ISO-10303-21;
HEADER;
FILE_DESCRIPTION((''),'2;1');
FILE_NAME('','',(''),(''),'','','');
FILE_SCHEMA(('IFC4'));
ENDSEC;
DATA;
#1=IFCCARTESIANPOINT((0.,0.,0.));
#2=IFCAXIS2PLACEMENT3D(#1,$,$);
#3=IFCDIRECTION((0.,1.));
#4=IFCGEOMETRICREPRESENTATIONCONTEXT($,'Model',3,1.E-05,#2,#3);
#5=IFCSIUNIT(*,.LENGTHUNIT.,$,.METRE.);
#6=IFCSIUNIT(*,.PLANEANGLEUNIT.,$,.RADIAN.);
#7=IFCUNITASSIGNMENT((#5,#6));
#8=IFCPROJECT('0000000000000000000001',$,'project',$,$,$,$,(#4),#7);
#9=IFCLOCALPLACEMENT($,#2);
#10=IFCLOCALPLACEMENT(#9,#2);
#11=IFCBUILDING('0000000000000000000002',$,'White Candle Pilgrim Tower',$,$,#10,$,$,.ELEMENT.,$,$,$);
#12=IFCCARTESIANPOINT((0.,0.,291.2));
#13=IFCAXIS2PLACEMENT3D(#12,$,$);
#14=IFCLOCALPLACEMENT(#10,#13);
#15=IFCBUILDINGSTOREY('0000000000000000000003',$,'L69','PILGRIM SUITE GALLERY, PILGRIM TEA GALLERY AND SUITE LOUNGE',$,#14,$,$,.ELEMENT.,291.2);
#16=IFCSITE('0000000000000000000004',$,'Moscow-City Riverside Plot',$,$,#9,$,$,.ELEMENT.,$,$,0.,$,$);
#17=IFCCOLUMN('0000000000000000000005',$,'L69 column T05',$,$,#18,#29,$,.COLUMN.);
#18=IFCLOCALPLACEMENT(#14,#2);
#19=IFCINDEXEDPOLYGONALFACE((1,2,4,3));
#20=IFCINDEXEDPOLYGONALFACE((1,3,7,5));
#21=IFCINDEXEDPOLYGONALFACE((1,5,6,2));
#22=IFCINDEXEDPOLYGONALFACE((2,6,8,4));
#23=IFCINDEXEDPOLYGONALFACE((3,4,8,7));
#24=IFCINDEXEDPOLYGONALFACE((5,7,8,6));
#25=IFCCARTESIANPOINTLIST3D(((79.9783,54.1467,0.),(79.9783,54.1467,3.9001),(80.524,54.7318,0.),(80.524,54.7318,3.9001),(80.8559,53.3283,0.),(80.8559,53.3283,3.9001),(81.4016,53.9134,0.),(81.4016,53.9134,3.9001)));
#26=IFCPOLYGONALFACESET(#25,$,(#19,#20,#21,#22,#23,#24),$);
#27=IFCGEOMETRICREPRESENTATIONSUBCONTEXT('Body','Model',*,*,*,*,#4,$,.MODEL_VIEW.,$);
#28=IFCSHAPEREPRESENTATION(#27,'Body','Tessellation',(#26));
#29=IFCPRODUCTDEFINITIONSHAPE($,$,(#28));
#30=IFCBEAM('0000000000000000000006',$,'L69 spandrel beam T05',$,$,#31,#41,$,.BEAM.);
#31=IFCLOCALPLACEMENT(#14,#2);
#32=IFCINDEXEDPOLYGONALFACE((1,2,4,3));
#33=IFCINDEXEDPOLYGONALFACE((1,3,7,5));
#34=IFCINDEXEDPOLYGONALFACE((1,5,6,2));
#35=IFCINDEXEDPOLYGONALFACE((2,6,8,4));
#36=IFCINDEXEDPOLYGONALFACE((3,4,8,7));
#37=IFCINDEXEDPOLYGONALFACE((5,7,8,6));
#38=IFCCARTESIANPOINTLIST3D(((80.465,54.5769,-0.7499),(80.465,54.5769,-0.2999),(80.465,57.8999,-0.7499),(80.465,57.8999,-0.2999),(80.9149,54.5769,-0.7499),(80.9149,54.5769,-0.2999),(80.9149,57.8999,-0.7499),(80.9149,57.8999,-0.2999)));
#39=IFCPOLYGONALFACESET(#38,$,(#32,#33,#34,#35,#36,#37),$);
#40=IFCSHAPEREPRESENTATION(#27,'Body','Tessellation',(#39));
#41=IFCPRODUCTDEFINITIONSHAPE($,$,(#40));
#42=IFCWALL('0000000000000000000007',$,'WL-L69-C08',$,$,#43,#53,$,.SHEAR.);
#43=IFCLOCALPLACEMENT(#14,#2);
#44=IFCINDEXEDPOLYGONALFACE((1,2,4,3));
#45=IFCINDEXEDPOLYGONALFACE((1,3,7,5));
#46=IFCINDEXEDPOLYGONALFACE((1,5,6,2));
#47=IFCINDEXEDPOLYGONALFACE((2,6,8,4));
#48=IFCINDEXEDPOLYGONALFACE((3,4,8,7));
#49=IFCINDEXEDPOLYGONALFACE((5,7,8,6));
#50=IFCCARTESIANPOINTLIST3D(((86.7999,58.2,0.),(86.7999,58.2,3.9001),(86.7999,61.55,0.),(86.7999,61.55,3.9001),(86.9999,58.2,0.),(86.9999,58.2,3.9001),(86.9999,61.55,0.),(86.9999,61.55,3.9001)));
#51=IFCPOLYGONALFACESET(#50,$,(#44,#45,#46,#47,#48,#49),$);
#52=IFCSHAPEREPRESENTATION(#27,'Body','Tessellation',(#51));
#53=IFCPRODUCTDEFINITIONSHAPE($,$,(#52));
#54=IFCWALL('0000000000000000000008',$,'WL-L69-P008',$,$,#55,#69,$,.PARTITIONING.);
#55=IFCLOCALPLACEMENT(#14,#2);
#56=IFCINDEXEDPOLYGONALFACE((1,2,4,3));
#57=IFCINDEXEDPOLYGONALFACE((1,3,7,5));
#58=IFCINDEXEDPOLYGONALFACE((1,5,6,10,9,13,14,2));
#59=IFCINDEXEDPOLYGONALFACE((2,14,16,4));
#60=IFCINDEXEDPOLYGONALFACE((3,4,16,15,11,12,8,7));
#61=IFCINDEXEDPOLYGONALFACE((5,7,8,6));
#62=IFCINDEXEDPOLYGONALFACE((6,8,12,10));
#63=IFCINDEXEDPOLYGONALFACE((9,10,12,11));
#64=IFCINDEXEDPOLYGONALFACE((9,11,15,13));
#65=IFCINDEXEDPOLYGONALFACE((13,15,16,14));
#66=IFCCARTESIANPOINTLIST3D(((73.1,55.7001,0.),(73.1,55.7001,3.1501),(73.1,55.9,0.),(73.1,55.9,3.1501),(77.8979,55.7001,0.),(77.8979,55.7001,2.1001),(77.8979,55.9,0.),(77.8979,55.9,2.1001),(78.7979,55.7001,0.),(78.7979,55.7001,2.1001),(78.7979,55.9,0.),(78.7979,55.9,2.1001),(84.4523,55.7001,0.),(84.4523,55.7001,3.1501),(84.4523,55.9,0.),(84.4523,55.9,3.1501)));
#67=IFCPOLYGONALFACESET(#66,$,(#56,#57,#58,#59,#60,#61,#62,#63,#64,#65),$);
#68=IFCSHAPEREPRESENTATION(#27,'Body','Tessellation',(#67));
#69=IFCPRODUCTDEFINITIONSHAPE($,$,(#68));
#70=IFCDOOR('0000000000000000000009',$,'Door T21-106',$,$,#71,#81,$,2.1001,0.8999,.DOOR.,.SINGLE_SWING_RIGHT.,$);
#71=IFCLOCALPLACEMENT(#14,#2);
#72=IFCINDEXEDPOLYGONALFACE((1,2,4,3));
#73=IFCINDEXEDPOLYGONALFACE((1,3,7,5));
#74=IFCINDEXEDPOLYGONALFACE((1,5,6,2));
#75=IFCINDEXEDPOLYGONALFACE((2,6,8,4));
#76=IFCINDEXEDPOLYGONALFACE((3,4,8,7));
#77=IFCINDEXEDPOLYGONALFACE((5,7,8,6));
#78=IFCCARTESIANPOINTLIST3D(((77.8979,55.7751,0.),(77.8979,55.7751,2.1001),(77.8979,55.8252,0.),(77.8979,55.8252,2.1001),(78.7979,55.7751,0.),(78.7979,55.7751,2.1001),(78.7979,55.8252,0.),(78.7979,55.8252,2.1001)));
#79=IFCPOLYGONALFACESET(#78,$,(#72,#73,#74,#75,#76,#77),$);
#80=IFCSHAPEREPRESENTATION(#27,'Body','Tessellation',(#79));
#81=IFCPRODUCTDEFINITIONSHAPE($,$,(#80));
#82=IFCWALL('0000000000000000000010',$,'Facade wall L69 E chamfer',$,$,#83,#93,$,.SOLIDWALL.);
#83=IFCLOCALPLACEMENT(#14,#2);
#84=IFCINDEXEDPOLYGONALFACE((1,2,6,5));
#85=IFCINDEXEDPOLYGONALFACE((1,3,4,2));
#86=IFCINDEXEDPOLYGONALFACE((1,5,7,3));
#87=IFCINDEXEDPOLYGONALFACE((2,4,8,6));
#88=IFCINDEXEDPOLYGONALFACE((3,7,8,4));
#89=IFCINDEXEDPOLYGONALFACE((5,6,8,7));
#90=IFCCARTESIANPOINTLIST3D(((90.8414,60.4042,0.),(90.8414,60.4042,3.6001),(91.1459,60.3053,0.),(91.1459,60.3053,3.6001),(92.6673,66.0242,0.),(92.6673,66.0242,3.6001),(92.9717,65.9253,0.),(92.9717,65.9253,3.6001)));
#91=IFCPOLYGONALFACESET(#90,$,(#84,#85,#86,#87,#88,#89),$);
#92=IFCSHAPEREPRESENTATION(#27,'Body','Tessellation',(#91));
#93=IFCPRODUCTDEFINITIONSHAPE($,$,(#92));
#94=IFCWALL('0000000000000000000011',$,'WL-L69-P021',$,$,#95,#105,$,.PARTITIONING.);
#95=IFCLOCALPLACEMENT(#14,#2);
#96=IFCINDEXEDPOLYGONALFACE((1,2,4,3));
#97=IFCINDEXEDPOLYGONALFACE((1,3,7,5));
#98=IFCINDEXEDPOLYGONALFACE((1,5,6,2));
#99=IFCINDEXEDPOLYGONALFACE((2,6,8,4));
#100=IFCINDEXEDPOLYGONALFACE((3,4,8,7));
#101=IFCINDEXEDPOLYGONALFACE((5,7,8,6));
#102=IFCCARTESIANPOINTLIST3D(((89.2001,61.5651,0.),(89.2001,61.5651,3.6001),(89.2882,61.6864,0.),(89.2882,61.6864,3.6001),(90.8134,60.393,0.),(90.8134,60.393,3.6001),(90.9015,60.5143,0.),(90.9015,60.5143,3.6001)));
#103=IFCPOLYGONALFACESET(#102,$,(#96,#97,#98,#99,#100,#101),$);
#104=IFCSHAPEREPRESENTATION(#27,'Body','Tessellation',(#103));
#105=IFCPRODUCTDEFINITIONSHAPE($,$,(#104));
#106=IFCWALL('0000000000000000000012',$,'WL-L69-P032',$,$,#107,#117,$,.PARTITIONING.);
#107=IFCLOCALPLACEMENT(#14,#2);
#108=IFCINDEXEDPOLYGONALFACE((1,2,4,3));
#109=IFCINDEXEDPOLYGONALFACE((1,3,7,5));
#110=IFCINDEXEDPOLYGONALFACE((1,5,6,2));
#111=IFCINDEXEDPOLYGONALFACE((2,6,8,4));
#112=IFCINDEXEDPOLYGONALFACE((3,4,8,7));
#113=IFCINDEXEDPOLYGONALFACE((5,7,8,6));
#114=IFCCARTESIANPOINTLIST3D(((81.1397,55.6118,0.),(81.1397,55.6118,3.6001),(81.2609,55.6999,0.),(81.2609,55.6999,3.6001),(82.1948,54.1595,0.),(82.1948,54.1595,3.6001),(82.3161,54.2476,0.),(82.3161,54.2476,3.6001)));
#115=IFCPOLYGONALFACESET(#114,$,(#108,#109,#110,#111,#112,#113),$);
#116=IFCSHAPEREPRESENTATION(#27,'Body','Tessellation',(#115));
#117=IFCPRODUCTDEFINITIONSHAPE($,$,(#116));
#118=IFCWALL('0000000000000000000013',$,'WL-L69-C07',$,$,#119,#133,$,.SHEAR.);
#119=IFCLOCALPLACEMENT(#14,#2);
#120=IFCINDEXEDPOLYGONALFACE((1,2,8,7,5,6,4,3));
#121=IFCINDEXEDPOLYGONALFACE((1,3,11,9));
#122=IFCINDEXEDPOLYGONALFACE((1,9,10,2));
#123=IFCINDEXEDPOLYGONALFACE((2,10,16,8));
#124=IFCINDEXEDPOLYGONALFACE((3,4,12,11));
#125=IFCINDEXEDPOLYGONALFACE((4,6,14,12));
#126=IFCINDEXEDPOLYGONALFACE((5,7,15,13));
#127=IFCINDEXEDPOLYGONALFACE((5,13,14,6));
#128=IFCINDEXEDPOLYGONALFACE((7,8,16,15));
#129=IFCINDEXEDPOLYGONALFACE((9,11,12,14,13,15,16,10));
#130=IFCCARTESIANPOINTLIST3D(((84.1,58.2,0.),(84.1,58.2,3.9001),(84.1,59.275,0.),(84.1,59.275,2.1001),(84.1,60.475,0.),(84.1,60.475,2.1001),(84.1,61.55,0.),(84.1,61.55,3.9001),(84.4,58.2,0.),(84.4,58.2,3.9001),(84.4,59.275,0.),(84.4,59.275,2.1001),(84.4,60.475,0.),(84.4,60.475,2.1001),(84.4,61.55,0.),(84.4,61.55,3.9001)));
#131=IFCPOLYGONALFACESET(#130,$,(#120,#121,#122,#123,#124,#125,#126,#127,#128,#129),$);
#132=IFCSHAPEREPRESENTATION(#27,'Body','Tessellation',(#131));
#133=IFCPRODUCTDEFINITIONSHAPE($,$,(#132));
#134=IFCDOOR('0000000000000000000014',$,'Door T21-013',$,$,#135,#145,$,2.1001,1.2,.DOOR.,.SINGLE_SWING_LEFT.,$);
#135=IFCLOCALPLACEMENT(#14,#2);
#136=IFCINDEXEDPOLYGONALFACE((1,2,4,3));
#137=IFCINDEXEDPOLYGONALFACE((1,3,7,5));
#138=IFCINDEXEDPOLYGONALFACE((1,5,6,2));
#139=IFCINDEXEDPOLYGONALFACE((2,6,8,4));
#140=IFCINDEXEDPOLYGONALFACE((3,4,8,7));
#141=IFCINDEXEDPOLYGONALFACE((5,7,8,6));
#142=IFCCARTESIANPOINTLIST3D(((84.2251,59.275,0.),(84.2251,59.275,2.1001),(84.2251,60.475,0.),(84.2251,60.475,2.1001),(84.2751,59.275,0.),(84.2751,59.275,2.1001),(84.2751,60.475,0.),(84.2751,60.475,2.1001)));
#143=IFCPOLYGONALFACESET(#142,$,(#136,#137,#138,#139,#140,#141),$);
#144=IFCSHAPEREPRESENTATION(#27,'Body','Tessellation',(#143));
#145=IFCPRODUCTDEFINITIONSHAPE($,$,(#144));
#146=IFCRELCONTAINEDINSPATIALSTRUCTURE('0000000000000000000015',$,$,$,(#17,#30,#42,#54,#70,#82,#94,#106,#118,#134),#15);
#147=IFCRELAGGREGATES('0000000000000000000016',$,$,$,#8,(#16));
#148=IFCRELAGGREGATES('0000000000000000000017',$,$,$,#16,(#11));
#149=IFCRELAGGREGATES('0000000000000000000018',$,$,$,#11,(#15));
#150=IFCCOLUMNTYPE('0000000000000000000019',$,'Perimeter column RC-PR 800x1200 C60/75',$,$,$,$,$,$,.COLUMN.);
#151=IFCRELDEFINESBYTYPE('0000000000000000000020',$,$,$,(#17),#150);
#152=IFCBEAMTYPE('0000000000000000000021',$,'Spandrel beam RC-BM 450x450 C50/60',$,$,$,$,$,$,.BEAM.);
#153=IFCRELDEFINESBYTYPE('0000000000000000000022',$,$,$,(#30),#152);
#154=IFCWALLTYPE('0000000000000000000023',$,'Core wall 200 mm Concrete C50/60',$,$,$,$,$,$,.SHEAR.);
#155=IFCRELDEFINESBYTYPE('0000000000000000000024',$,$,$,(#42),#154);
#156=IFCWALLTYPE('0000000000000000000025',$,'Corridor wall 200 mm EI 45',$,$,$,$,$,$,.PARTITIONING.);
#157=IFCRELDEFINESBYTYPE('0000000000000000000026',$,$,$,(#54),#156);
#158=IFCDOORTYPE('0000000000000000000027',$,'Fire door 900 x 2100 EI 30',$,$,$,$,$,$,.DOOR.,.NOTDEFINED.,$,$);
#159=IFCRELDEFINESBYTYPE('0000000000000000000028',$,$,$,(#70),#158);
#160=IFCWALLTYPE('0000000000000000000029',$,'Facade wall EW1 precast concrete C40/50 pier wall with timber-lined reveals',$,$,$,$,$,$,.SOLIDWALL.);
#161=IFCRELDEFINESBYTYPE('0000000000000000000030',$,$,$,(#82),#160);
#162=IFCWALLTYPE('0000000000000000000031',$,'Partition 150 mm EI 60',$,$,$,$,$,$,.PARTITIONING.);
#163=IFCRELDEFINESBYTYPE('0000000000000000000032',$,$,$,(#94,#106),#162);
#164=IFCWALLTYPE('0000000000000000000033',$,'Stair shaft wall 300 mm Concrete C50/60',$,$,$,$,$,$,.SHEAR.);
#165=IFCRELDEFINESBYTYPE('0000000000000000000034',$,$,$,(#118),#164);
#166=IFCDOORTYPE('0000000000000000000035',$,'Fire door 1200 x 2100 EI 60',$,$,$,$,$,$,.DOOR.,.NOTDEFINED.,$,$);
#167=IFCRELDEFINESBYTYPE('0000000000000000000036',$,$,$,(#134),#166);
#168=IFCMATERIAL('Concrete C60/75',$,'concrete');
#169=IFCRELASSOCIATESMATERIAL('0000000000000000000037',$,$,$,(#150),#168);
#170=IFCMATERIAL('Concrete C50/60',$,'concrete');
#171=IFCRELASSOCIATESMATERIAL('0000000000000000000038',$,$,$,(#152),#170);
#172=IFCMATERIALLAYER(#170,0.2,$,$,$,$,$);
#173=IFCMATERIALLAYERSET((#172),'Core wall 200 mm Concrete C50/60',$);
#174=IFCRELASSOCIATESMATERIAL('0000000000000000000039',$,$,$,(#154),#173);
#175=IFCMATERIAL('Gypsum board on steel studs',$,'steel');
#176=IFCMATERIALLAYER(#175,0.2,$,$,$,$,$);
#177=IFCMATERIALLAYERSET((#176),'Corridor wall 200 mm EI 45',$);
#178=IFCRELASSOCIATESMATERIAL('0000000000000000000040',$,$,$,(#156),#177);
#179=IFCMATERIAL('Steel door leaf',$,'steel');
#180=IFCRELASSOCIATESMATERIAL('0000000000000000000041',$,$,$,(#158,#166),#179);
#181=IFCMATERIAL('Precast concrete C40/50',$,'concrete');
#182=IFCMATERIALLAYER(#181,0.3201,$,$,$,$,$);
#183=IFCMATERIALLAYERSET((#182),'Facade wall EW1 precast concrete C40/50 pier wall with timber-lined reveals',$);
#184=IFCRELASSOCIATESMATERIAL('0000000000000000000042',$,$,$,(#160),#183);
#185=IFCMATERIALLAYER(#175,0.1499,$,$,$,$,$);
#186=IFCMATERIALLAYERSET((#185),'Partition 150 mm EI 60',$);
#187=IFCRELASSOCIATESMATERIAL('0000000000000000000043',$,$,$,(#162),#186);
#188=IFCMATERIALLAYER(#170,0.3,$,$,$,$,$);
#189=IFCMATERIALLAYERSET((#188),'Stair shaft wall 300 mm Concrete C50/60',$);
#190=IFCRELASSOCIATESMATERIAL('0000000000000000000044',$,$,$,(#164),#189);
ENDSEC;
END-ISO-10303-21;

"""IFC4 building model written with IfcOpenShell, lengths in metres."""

from ifc_helpers import new_model, si_unit, direction, frame, frame_2d, origin, origin_2d, place, context, subcontext, project, spatial, rectangle, extrude, material, layer, layer_set, material_profile, profile_set, type_object, element, fill, save


model = new_model("IFC4")

# Units and contexts
model_context = context("Model", 3, precision=1e-05, world=origin(), true_north=direction((0.0, 1.0)))
body_context = subcontext(model_context, "Body", "Model", "MODEL_VIEW")
ifc_project = project(units=[si_unit("LENGTHUNIT", "METRE"), si_unit("PLANEANGLEUNIT", "RADIAN")], contexts=[model_context])

# Site, building, storey
site_placement = place(None, origin())
site = spatial("IfcSite", under=ifc_project, at=site_placement, Name="Moscow-City Riverside Plot", CompositionType="ELEMENT", RefElevation=0.0)
building_placement = place(site_placement, origin())
building = spatial("IfcBuilding", under=site, at=building_placement, Name="White Candle Pilgrim Tower", CompositionType="ELEMENT")
storey_placement = place(building_placement, frame((0.0, 0.0, 291.2)))
storey = spatial("IfcBuildingStorey", under=building, at=storey_placement, Name="L69", Description="PILGRIM SUITE GALLERY, PILGRIM TEA GALLERY AND SUITE LOUNGE", CompositionType="ELEMENT", Elevation=291.2)

# Column
ifc_material_1 = material(Name="Concrete C60/75", Category="concrete")
ifc_material_profile_1 = material_profile(ifc_material_1, rectangle(XDim=0.8, YDim=1.2, at=origin_2d()), Name="RC-PR 800x1200")
ifc_profile_set_1 = profile_set([ifc_material_profile_1], Name="Concrete C60/75")
column_type = type_object("IfcColumnType", Name="Perimeter column RC-PR 800x1200 C60/75", PredefinedType="COLUMN", material=ifc_profile_set_1)
column_placement = place(storey_placement, frame((80.6899, 54.03, 0.0), z_axis=(0.0, 0.0, 1.0), x_axis=(-0.681998, -0.731354, 0.0)))
element("IfcColumn", 1, at=column_placement, inside=storey, type_object=column_type, Name="L69 column T05", PredefinedType="COLUMN", context=body_context, shape_type="SweptSolid", body=[
    extrude(rectangle(XDim=0.8, YDim=1.2, at=origin_2d()), origin(), (0.0, 0.0, 1.0), 3.9001),
])

# Beam
ifc_material_2 = material(Name="Concrete C50/60", Category="concrete")
ifc_material_profile_2 = material_profile(ifc_material_2, rectangle(XDim=0.45, YDim=0.45, at=origin_2d()), Name="RC-BM 450x450")
ifc_profile_set_2 = profile_set([ifc_material_profile_2], Name="Concrete C50/60")
beam_type = type_object("IfcBeamType", Name="Spandrel beam RC-BM 450x450 C50/60", PredefinedType="BEAM", material=ifc_profile_set_2)
beam_placement = place(storey_placement, frame((80.6899, 54.5769, -0.5249), z_axis=(0.0, 1.0, 0.0), x_axis=(-1.0, 0.0, 0.0)))
element("IfcBeam", 2, at=beam_placement, inside=storey, type_object=beam_type, Name="L69 spandrel beam T05", PredefinedType="BEAM", context=body_context, shape_type="SweptSolid", body=[
    extrude(rectangle(XDim=0.45, YDim=0.45, at=origin_2d()), origin(), (0.0, 0.0, 1.0), 3.323),
])

# Wall
ifc_layer_1 = layer(ifc_material_2, 0.2)
ifc_layer_set_1 = layer_set([ifc_layer_1], Name="Core wall 200 mm Concrete C50/60")
wall_type_1 = type_object("IfcWallType", Name="Core wall 200 mm Concrete C50/60", PredefinedType="SHEAR", material=ifc_layer_set_1)
wall_1_placement = place(storey_placement, frame((86.8999, 58.2, 0.0), z_axis=(0.0, 0.0, 1.0), x_axis=(0.0, 1.0, 0.0)))
element("IfcWall", 3, at=wall_1_placement, inside=storey, type_object=wall_type_1, Name="WL-L69-C08", PredefinedType="SHEAR", context=body_context, shape_type="SweptSolid", body=[
    extrude(rectangle(XDim=3.3501, YDim=0.2, at=frame_2d((1.675, 0.0))), origin(), (0.0, 0.0, 1.0), 3.9001),
])

# Wall, opening, door
ifc_material_3 = material(Name="Gypsum board on steel studs", Category="steel")
ifc_layer_2 = layer(ifc_material_3, 0.2)
ifc_layer_set_2 = layer_set([ifc_layer_2], Name="Corridor wall 200 mm EI 45")
wall_type_2 = type_object("IfcWallType", Name="Corridor wall 200 mm EI 45", PredefinedType="PARTITIONING", material=ifc_layer_set_2)
wall_2_placement = place(storey_placement, frame((84.4524, 55.8, 0.0), z_axis=(0.0, 0.0, 1.0), x_axis=(-1.0, 0.0, 0.0)))
wall_2 = element("IfcWall", 4, at=wall_2_placement, inside=storey, type_object=wall_type_2, Name="WL-L69-P008", PredefinedType="PARTITIONING", context=body_context, shape_type="SweptSolid", body=[
    extrude(rectangle(XDim=11.3523, YDim=0.2, at=frame_2d((5.6763, 0.0))), origin(), (0.0, 0.0, 1.0), 3.1501),
])
opening_1_placement = place(wall_2_placement, frame((5.6545, 0.0, 0.0)))
opening_1 = element("IfcOpeningElement", 5, at=opening_1_placement, cuts=wall_2, PredefinedType="OPENING", context=body_context, shape_type="SweptSolid", body=[
    extrude(rectangle(XDim=0.8999, YDim=2.1001, at=frame_2d((0.45, 1.05))), frame((0.0, 0.1099, 0.0), z_axis=(0.0, -1.0, 0.0), x_axis=(1.0, 0.0, 0.0)), (0.0, 0.0, 1.0), 0.22),
])
ifc_material_4 = material(Name="Steel door leaf", Category="steel")
door_type_1 = type_object("IfcDoorType", Name="Fire door 900 x 2100 EI 30", OperationType="NOTDEFINED", PredefinedType="DOOR", material=ifc_material_4)
door_1_placement = place(opening_1_placement, origin())
door_1 = element("IfcDoor", 6, at=door_1_placement, inside=storey, type_object=door_type_1, Name="Door T21-106", OperationType="SINGLE_SWING_RIGHT", OverallHeight=2.1001, OverallWidth=0.8999, PredefinedType="DOOR", context=body_context, shape_type="SweptSolid", body=[
    extrude(rectangle(XDim=0.8999, YDim=2.1001, at=frame_2d((0.45, 1.05))), frame((0.0, 0.0249, 0.0), z_axis=(0.0, -1.0, 0.0), x_axis=(1.0, 0.0, 0.0)), (0.0, 0.0, 1.0), 0.05),
])
fill(opening_1, door_1)

# Walls
ifc_material_5 = material(Name="Precast concrete C40/50", Category="concrete")
ifc_layer_3 = layer(ifc_material_5, 0.3201)
ifc_layer_set_3 = layer_set([ifc_layer_3], Name="Facade wall EW1 precast concrete C40/50 pier wall with timber-lined reveals")
wall_type_3 = type_object("IfcWallType", Name="Facade wall EW1 precast concrete C40/50 pier wall with timber-lined reveals", PredefinedType="SOLIDWALL", material=ifc_layer_set_3)
wall_3_placement = place(storey_placement, frame((90.9937, 60.3547, 0.0), z_axis=(0.0, 0.0, 1.0), x_axis=(0.308993, 0.951064, 0.0)))
element("IfcWall", 7, at=wall_3_placement, inside=storey, type_object=wall_type_3, Name="Facade wall L69 E chamfer", PredefinedType="SOLIDWALL", context=body_context, shape_type="SweptSolid", body=[
    extrude(rectangle(XDim=5.9092, YDim=0.3201, at=frame_2d((2.9546, 0.0))), origin(), (0.0, 0.0, 1.0), 3.6001),
])
ifc_layer_4 = layer(ifc_material_3, 0.1499)
ifc_layer_set_4 = layer_set([ifc_layer_4], Name="Partition 150 mm EI 60")
wall_type_4 = type_object("IfcWallType", Name="Partition 150 mm EI 60", PredefinedType="PARTITIONING", material=ifc_layer_set_4)
wall_4_placement = place(storey_placement, frame((90.8574, 60.4536, 0.0), z_axis=(0.0, 0.0, 1.0), x_axis=(-0.809017, 0.587786, 0.0)))
element("IfcWall", 8, at=wall_4_placement, inside=storey, type_object=wall_type_4, Name="WL-L69-P021", PredefinedType="PARTITIONING", context=body_context, shape_type="SweptSolid", body=[
    extrude(rectangle(XDim=1.9941, YDim=0.1499, at=frame_2d((0.9971, 0.0))), origin(), (0.0, 0.0, 1.0), 3.6001),
])
wall_5_placement = place(storey_placement, frame((82.2554, 54.2036, 0.0), z_axis=(0.0, 0.0, 1.0), x_axis=(-0.587767, 0.80903, 0.0)))
element("IfcWall", 9, at=wall_5_placement, inside=storey, type_object=wall_type_4, Name="WL-L69-P032", PredefinedType="PARTITIONING", context=body_context, shape_type="SweptSolid", body=[
    extrude(rectangle(XDim=1.7952, YDim=0.1499, at=frame_2d((0.8975, 0.0))), origin(), (0.0, 0.0, 1.0), 3.6001),
])

# Wall, opening, door
ifc_layer_5 = layer(ifc_material_2, 0.3)
ifc_layer_set_5 = layer_set([ifc_layer_5], Name="Stair shaft wall 300 mm Concrete C50/60")
wall_type_5 = type_object("IfcWallType", Name="Stair shaft wall 300 mm Concrete C50/60", PredefinedType="SHEAR", material=ifc_layer_set_5)
wall_6_placement = place(storey_placement, frame((84.25, 58.2, 0.0), z_axis=(0.0, 0.0, 1.0), x_axis=(0.0, 1.0, 0.0)))
wall_6 = element("IfcWall", 10, at=wall_6_placement, inside=storey, type_object=wall_type_5, Name="WL-L69-C07", PredefinedType="SHEAR", context=body_context, shape_type="SweptSolid", body=[
    extrude(rectangle(XDim=3.3501, YDim=0.3, at=frame_2d((1.675, 0.0))), origin(), (0.0, 0.0, 1.0), 3.9001),
])
opening_2_placement = place(wall_6_placement, frame((1.075, 0.0, 0.0)))
opening_2 = element("IfcOpeningElement", 11, at=opening_2_placement, cuts=wall_6, PredefinedType="OPENING", context=body_context, shape_type="SweptSolid", body=[
    extrude(rectangle(XDim=1.2, YDim=2.1001, at=frame_2d((0.6001, 1.05))), frame((0.0, 0.1599, 0.0), z_axis=(0.0, -1.0, 0.0), x_axis=(1.0, 0.0, 0.0)), (0.0, 0.0, 1.0), 0.3201),
])
door_type_2 = type_object("IfcDoorType", Name="Fire door 1200 x 2100 EI 60", OperationType="NOTDEFINED", PredefinedType="DOOR", material=ifc_material_4)
door_2_placement = place(opening_2_placement, origin())
door_2 = element("IfcDoor", 12, at=door_2_placement, inside=storey, type_object=door_type_2, Name="Door T21-013", OperationType="SINGLE_SWING_LEFT", OverallHeight=2.1001, OverallWidth=1.2, PredefinedType="DOOR", context=body_context, shape_type="SweptSolid", body=[
    extrude(rectangle(XDim=1.2, YDim=2.1001, at=frame_2d((0.6001, 1.05))), frame((0.0, 0.0249, 0.0), z_axis=(0.0, -1.0, 0.0), x_axis=(1.0, 0.0, 0.0)), (0.0, 0.0, 1.0), 0.05),
])
fill(opening_2, door_2)

save(model, "model.ifc")
